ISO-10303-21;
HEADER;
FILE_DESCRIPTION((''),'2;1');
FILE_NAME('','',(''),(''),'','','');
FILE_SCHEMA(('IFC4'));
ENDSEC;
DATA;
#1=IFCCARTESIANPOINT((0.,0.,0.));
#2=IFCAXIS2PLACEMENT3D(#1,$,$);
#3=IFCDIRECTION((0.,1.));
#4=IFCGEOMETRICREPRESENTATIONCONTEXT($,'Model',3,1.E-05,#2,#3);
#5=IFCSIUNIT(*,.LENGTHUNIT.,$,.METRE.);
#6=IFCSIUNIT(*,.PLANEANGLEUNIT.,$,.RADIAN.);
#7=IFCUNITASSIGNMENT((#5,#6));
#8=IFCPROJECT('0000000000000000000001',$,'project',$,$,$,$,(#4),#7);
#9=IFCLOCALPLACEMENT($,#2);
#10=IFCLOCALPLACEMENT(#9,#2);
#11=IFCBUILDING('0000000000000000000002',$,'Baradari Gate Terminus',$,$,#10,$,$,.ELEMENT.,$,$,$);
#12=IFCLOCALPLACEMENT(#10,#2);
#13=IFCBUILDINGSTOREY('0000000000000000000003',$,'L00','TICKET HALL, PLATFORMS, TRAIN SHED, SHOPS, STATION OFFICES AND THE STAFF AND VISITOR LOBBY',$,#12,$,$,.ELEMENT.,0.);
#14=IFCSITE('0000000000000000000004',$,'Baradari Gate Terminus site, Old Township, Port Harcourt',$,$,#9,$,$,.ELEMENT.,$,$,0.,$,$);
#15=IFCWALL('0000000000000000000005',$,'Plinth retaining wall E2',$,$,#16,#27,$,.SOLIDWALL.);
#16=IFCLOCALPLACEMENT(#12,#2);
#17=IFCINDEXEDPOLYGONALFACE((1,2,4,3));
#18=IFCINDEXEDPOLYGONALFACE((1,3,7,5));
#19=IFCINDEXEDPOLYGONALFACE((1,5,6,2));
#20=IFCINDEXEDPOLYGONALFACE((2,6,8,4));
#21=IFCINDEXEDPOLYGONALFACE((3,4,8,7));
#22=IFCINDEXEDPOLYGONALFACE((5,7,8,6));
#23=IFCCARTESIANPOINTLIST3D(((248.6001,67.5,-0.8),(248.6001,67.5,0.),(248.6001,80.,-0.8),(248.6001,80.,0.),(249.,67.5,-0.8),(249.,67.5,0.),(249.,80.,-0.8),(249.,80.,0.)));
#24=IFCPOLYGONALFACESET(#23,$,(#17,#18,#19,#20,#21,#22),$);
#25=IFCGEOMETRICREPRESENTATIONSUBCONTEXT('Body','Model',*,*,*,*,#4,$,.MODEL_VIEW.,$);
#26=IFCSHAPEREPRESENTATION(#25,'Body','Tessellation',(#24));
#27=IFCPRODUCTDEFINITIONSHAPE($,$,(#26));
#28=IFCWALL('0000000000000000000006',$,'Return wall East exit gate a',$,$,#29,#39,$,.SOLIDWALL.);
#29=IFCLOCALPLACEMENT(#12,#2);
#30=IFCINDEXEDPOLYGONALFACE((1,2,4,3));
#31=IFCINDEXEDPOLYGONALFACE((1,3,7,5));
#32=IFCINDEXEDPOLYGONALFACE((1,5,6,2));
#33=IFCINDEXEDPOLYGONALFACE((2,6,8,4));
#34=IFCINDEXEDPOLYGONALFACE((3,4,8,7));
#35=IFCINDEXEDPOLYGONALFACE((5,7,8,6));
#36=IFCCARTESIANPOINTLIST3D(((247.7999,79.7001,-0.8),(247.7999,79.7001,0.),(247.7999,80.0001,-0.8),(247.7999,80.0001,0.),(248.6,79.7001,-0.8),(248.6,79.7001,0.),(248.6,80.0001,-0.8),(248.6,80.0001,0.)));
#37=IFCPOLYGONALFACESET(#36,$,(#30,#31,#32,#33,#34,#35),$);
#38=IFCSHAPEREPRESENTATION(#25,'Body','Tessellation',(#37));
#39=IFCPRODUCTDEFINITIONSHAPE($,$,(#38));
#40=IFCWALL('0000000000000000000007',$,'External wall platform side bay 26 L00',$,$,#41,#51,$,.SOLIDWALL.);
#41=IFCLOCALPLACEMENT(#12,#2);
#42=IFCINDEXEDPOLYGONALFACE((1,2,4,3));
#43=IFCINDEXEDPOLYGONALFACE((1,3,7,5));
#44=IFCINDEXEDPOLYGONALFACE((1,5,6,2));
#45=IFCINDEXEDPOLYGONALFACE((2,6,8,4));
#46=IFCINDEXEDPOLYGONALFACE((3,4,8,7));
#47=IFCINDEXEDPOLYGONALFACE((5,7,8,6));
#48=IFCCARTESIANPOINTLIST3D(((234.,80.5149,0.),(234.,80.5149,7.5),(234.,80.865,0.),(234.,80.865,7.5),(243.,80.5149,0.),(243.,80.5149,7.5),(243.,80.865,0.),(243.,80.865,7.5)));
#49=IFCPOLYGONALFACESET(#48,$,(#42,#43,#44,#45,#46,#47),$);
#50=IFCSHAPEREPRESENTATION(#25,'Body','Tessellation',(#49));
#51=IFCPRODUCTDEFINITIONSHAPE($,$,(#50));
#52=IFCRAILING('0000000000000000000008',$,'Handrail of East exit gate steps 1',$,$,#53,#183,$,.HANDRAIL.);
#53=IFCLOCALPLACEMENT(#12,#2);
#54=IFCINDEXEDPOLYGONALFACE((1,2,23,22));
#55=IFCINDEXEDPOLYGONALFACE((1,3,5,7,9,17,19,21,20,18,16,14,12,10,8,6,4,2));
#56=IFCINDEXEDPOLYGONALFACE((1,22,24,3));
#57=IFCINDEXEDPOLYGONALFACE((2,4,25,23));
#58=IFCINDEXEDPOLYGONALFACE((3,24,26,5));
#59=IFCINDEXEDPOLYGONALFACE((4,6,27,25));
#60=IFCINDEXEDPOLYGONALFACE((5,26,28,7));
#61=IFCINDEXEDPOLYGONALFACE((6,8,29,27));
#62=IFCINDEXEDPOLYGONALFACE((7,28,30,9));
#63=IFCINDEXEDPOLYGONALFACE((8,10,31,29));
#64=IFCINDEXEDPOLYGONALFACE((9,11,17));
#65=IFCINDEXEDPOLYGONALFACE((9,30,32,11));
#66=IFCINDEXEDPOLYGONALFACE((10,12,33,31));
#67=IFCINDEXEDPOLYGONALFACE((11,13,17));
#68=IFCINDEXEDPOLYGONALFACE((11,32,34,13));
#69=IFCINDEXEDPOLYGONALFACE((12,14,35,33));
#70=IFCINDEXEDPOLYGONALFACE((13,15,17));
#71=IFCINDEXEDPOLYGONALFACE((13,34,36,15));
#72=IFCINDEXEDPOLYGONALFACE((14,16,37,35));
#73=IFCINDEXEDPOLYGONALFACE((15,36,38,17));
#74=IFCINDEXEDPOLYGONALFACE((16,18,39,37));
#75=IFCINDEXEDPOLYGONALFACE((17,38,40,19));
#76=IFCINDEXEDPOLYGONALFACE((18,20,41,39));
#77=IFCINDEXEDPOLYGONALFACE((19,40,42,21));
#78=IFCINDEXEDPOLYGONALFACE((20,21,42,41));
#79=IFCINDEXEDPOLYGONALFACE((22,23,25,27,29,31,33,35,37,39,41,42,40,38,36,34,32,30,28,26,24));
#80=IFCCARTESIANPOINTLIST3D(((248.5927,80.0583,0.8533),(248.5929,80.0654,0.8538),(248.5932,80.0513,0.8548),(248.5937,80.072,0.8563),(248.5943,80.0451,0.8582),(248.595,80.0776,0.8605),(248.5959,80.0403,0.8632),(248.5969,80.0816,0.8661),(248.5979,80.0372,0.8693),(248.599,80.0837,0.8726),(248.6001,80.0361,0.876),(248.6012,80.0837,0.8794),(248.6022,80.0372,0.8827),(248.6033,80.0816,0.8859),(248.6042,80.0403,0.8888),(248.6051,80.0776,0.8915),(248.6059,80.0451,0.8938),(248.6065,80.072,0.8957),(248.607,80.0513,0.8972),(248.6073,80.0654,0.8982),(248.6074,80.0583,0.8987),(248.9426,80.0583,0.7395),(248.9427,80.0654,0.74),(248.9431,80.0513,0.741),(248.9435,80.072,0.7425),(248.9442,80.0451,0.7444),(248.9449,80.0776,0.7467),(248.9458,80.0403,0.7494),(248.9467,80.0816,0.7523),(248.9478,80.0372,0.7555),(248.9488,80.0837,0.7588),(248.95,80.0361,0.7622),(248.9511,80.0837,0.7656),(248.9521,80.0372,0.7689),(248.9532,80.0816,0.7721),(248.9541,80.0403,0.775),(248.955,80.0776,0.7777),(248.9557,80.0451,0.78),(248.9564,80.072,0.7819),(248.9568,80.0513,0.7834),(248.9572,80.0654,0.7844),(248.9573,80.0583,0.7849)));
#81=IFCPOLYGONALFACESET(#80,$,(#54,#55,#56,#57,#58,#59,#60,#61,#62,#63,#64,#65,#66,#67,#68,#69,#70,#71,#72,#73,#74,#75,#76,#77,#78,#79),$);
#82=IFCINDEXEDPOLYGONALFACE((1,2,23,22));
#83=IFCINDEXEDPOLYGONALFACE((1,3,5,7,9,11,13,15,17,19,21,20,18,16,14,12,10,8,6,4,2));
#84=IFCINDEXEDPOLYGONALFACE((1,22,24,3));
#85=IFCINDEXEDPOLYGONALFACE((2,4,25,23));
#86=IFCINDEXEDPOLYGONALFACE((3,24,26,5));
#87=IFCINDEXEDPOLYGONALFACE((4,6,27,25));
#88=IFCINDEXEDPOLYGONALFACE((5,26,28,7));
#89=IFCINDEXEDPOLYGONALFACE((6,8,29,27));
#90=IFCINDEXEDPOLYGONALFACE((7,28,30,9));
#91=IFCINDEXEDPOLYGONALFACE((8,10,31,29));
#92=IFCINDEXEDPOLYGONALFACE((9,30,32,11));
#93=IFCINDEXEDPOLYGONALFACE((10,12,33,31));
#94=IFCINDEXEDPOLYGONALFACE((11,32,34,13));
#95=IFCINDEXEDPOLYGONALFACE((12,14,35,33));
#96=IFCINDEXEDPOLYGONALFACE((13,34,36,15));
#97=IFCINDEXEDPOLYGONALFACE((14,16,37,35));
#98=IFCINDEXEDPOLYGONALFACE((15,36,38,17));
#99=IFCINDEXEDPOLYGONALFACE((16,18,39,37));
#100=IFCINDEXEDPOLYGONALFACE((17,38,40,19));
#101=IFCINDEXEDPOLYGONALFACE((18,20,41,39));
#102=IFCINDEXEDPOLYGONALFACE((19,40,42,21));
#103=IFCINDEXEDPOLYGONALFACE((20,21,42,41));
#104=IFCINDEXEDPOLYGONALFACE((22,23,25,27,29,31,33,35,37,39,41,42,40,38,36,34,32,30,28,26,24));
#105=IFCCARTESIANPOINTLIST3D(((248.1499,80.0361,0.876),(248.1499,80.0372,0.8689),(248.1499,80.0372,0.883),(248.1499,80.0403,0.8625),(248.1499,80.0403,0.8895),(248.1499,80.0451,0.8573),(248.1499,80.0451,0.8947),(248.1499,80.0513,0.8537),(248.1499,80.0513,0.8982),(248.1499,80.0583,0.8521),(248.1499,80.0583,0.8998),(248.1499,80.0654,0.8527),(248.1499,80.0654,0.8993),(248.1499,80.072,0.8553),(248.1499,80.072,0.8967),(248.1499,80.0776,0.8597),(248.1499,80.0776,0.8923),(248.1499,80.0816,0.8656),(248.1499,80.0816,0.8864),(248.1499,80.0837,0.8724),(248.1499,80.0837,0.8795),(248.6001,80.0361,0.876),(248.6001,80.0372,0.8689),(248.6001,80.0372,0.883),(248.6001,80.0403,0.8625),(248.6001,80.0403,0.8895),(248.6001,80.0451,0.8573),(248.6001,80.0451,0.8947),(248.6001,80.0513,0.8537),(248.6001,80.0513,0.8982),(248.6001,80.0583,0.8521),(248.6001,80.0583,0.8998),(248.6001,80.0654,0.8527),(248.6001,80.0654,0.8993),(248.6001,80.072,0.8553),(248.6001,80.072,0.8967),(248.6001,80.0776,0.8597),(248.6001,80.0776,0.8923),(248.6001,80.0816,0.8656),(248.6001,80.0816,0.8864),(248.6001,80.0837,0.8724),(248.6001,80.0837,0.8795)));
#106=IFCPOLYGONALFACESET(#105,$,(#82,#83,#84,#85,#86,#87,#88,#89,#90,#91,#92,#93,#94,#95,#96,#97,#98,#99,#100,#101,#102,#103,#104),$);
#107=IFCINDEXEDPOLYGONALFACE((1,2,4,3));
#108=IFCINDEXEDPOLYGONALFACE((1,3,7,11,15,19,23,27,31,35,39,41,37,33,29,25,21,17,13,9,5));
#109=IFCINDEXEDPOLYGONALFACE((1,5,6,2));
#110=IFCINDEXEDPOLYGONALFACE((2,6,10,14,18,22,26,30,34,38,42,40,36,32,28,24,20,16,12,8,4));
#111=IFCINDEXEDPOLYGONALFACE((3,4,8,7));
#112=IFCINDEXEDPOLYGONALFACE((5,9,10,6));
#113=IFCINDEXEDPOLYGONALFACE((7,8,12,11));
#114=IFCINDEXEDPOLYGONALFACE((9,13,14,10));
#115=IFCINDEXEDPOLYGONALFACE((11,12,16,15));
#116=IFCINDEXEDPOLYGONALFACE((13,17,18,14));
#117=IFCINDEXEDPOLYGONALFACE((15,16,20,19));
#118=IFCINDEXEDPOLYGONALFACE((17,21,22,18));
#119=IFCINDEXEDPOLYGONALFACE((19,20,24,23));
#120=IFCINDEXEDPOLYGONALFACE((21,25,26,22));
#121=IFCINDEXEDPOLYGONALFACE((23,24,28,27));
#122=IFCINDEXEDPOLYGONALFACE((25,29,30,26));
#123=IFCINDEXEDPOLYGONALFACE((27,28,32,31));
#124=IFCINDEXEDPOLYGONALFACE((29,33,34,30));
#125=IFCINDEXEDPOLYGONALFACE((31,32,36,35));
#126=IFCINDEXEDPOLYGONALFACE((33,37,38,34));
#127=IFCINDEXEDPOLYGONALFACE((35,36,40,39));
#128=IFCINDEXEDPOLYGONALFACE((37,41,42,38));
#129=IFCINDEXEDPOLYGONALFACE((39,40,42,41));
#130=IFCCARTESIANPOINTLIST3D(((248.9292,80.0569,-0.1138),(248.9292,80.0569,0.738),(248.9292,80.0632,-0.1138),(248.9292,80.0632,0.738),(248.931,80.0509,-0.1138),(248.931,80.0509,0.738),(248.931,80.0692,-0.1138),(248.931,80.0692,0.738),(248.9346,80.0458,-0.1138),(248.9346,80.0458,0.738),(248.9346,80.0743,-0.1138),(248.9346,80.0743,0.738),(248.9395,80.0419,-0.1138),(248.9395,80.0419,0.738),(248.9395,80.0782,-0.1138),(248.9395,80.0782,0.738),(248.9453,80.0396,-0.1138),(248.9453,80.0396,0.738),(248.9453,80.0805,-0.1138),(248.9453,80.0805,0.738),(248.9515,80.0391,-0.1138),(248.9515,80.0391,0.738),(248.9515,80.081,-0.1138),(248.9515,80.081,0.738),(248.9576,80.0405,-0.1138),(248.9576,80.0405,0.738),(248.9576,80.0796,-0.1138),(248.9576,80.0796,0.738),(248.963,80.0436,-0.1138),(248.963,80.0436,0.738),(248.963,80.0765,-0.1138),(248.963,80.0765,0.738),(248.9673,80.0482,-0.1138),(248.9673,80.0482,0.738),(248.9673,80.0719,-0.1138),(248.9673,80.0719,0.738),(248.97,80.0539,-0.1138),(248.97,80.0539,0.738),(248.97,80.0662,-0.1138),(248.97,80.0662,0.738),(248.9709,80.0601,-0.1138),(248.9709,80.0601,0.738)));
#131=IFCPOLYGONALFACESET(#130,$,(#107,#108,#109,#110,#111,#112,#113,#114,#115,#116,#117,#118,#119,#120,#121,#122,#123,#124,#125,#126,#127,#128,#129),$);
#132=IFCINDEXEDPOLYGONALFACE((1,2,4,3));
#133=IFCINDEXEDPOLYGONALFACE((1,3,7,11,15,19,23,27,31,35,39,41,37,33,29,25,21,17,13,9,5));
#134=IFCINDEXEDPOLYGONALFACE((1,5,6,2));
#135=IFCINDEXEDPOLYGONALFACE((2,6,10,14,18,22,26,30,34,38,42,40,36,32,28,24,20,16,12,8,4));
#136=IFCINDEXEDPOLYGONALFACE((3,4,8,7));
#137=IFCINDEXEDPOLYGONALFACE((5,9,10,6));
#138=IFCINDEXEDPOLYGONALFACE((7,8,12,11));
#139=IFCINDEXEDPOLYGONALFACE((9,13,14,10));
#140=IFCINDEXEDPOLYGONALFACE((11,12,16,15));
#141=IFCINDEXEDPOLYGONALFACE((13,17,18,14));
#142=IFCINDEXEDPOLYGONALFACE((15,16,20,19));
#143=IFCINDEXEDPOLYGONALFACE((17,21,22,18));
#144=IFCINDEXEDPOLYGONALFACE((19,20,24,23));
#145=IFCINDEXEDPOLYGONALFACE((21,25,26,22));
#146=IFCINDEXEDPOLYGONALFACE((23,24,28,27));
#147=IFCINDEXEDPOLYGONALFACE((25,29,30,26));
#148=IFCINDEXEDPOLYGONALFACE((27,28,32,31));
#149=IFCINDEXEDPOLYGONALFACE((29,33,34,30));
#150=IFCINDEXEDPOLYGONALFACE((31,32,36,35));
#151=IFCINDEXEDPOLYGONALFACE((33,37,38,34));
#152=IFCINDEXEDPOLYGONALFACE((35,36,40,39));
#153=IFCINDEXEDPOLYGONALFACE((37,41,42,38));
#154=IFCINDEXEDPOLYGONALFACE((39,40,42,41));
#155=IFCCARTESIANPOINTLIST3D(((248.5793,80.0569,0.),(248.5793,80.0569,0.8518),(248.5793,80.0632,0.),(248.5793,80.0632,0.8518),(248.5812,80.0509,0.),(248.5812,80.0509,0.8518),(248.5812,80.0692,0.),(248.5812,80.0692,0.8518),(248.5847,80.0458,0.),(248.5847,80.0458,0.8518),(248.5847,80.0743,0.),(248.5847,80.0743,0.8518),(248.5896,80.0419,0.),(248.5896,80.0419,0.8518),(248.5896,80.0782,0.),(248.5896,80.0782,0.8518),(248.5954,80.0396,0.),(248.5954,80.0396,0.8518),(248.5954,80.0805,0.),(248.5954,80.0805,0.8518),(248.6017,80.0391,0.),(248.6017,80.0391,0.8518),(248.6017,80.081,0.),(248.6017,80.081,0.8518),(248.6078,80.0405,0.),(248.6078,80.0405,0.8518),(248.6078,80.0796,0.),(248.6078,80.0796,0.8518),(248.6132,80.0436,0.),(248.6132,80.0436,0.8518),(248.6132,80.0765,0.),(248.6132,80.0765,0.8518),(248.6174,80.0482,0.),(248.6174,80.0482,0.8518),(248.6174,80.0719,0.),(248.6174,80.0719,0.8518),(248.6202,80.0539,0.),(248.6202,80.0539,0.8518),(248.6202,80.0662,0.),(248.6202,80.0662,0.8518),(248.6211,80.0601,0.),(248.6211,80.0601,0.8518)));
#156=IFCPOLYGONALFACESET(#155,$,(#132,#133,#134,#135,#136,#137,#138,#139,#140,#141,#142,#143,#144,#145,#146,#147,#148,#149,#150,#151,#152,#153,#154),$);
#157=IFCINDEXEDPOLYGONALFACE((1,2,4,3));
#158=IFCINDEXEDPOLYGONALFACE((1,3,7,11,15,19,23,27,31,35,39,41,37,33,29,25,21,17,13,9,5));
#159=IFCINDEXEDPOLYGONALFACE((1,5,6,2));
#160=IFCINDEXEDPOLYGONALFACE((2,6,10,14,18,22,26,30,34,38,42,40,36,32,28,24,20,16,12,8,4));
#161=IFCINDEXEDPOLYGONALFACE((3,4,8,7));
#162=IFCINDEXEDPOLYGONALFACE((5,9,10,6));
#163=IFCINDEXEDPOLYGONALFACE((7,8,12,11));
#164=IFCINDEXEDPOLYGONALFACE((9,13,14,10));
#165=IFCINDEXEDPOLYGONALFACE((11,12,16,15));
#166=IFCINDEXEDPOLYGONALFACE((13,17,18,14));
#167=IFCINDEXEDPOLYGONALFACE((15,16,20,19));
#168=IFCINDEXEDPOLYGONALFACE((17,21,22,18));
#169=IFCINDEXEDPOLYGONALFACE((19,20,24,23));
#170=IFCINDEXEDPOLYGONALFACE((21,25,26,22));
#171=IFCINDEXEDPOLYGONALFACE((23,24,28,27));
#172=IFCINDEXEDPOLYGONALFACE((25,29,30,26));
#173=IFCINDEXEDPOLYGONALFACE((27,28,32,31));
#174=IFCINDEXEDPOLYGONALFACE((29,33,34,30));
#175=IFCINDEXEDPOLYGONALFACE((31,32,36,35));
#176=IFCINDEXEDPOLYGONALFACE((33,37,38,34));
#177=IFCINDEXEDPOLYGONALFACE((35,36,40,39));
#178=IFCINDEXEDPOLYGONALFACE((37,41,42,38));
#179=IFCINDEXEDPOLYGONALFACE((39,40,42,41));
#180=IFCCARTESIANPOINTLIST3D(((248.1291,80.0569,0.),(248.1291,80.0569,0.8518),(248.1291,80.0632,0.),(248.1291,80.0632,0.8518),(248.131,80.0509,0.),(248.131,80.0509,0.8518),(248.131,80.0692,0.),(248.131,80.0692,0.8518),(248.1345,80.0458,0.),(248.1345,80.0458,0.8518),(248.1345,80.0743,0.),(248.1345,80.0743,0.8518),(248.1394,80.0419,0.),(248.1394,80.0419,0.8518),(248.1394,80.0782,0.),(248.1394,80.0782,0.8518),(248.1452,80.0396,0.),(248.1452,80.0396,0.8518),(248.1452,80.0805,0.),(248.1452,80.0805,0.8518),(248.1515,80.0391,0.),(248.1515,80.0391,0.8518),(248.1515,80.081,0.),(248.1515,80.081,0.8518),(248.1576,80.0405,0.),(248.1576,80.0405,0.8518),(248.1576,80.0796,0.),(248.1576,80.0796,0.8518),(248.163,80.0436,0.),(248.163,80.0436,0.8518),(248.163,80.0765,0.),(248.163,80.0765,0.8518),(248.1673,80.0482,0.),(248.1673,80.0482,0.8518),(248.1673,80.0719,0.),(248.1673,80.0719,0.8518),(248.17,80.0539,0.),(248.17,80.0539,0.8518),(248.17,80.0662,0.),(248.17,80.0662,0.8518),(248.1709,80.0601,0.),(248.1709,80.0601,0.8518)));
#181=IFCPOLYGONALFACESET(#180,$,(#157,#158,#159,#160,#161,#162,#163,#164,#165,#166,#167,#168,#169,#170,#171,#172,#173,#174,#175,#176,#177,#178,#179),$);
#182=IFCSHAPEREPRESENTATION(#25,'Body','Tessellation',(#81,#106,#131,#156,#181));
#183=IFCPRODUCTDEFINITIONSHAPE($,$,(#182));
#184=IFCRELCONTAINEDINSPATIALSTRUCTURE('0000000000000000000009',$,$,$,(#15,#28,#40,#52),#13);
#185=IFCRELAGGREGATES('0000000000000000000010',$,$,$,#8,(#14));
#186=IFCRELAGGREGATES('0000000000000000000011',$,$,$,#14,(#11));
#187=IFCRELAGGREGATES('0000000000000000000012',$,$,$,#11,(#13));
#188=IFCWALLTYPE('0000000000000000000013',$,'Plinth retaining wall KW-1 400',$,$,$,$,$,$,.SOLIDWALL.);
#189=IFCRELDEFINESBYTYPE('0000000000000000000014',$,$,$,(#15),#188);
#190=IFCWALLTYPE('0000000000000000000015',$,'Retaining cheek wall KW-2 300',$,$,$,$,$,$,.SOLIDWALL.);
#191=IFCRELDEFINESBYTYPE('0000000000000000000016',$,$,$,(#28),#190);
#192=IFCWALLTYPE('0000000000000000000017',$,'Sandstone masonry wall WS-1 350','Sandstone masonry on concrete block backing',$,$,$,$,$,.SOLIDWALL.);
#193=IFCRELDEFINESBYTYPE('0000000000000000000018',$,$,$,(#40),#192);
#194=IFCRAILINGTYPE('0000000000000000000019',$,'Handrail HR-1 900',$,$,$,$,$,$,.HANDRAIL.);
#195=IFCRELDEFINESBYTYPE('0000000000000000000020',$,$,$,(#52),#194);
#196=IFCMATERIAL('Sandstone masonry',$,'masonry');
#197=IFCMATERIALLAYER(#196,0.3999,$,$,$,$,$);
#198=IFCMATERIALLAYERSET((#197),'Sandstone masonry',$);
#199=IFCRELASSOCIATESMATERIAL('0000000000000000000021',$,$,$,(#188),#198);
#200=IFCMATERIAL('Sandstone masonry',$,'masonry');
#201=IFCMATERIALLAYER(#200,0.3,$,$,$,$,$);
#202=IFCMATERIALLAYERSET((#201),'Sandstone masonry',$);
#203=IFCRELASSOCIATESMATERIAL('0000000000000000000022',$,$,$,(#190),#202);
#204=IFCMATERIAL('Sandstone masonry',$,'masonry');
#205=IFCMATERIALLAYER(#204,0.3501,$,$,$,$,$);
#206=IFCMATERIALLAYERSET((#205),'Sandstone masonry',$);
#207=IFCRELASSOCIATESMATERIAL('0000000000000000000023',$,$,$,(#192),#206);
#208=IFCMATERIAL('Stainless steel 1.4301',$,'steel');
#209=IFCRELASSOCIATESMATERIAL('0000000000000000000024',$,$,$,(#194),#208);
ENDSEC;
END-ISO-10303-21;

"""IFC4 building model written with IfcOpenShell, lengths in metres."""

from ifc_helpers import new_model, si_unit, direction, frame, frame_2d, origin, origin_2d, place, context, subcontext, project, spatial, rectangle, circle, extrude, material, layer, layer_set, type_object, element, save


model = new_model("IFC4")

# Units and contexts
model_context = context("Model", 3, precision=1e-05, world=origin(), true_north=direction((0.0, 1.0)))
body_context = subcontext(model_context, "Body", "Model", "MODEL_VIEW")
ifc_project = project(units=[si_unit("LENGTHUNIT", "METRE"), si_unit("PLANEANGLEUNIT", "RADIAN")], contexts=[model_context])

# Site, building, storey
site_placement = place(None, origin())
site = spatial("IfcSite", under=ifc_project, at=site_placement, Name="Baradari Gate Terminus site, Old Township, Port Harcourt", CompositionType="ELEMENT", RefElevation=0.0)
building_placement = place(site_placement, origin())
building = spatial("IfcBuilding", under=site, at=building_placement, Name="Baradari Gate Terminus", CompositionType="ELEMENT")
storey_placement = place(building_placement, origin())
storey = spatial("IfcBuildingStorey", under=building, at=storey_placement, Name="L00", Description="TICKET HALL, PLATFORMS, TRAIN SHED, SHOPS, STATION OFFICES AND THE STAFF AND VISITOR LOBBY", CompositionType="ELEMENT", Elevation=0.0)

# Walls
ifc_material_1 = material(Name="Sandstone masonry", Category="masonry")
ifc_layer_1 = layer(ifc_material_1, 0.3999)
ifc_layer_set_1 = layer_set([ifc_layer_1], Name="Sandstone masonry")
wall_type_1 = type_object("IfcWallType", Name="Plinth retaining wall KW-1 400", PredefinedType="SOLIDWALL", material=ifc_layer_set_1)
wall_1_placement = place(storey_placement, frame((248.8, 67.5, -0.8), z_axis=(0.0, 0.0, 1.0), x_axis=(0.0, 1.0, 0.0)))
element("IfcWall", 1, at=wall_1_placement, inside=storey, type_object=wall_type_1, Name="Plinth retaining wall E2", PredefinedType="SOLIDWALL", context=body_context, shape_type="SweptSolid", body=[
    extrude(rectangle(XDim=12.5, YDim=0.3999, at=frame_2d((6.25, 0.0))), origin(), (0.0, 0.0, 1.0), 0.8),
])
ifc_material_2 = material(Name="Sandstone masonry", Category="masonry")
ifc_layer_2 = layer(ifc_material_2, 0.3)
ifc_layer_set_2 = layer_set([ifc_layer_2], Name="Sandstone masonry")
wall_type_2 = type_object("IfcWallType", Name="Retaining cheek wall KW-2 300", PredefinedType="SOLIDWALL", material=ifc_layer_set_2)
wall_2_placement = place(storey_placement, frame((247.8, 79.8501, -0.8), z_axis=(0.0, 0.0, 1.0), x_axis=(1.0, 0.0, 0.0)))
element("IfcWall", 2, at=wall_2_placement, inside=storey, type_object=wall_type_2, Name="Return wall East exit gate a", PredefinedType="SOLIDWALL", context=body_context, shape_type="SweptSolid", body=[
    extrude(rectangle(XDim=0.8, YDim=0.3, at=frame_2d((0.3999, 0.0))), origin(), (0.0, 0.0, 1.0), 0.8),
])
ifc_material_3 = material(Name="Sandstone masonry", Category="masonry")
ifc_layer_3 = layer(ifc_material_3, 0.3501)
ifc_layer_set_3 = layer_set([ifc_layer_3], Name="Sandstone masonry")
wall_type_3 = type_object("IfcWallType", Name="Sandstone masonry wall WS-1 350", Description="Sandstone masonry on concrete block backing", PredefinedType="SOLIDWALL", material=ifc_layer_set_3)
wall_3_placement = place(storey_placement, frame((234.0, 80.6899, 0.0), z_axis=(0.0, 0.0, 1.0), x_axis=(1.0, 0.0, 0.0)))
element("IfcWall", 3, at=wall_3_placement, inside=storey, type_object=wall_type_3, Name="External wall platform side bay 26 L00", PredefinedType="SOLIDWALL", context=body_context, shape_type="SweptSolid", body=[
    extrude(rectangle(XDim=9.0, YDim=0.3501, at=frame_2d((4.5, 0.0))), origin(), (0.0, 0.0, 1.0), 7.5),
])

# Railing
ifc_material_4 = material(Name="Stainless steel 1.4301", Category="steel")
railing_type = type_object("IfcRailingType", Name="Handrail HR-1 900", PredefinedType="HANDRAIL", material=ifc_material_4)
railing_placement = place(storey_placement, frame((248.95, 80.0601, -0.1138)))
element("IfcRailing", 4, at=railing_placement, inside=storey, type_object=railing_type, Name="Handrail of East exit gate steps 1", PredefinedType="HANDRAIL", context=body_context, shape_type="SweptSolid", body=[
    extrude(circle(Radius=0.0239, at=origin_2d()), frame((0.0, 0.0, 0.876), z_axis=(-0.95098, 0.0, 0.309251), x_axis=(0.0, -1.0, 0.0)), (0.0, 0.0, 1.0), 0.3679),
    extrude(circle(Radius=0.0239, at=origin_2d()), frame((-0.3499, 0.0, 0.9897), z_axis=(-1.0, 0.0, 0.0), x_axis=(0.0, -1.0, 0.0)), (0.0, 0.0, 1.0), 0.4502),
    extrude(circle(Radius=0.021, at=origin_2d()), origin(), (0.0, 0.0, 1.0), 0.8518),
    extrude(circle(Radius=0.021, at=origin_2d()), frame((-0.3499, 0.0, 0.1138)), (0.0, 0.0, 1.0), 0.8518),
    extrude(circle(Radius=0.021, at=origin_2d()), frame((-0.8, 0.0, 0.1138)), (0.0, 0.0, 1.0), 0.8518),
])

save(model, "model.ifc")
